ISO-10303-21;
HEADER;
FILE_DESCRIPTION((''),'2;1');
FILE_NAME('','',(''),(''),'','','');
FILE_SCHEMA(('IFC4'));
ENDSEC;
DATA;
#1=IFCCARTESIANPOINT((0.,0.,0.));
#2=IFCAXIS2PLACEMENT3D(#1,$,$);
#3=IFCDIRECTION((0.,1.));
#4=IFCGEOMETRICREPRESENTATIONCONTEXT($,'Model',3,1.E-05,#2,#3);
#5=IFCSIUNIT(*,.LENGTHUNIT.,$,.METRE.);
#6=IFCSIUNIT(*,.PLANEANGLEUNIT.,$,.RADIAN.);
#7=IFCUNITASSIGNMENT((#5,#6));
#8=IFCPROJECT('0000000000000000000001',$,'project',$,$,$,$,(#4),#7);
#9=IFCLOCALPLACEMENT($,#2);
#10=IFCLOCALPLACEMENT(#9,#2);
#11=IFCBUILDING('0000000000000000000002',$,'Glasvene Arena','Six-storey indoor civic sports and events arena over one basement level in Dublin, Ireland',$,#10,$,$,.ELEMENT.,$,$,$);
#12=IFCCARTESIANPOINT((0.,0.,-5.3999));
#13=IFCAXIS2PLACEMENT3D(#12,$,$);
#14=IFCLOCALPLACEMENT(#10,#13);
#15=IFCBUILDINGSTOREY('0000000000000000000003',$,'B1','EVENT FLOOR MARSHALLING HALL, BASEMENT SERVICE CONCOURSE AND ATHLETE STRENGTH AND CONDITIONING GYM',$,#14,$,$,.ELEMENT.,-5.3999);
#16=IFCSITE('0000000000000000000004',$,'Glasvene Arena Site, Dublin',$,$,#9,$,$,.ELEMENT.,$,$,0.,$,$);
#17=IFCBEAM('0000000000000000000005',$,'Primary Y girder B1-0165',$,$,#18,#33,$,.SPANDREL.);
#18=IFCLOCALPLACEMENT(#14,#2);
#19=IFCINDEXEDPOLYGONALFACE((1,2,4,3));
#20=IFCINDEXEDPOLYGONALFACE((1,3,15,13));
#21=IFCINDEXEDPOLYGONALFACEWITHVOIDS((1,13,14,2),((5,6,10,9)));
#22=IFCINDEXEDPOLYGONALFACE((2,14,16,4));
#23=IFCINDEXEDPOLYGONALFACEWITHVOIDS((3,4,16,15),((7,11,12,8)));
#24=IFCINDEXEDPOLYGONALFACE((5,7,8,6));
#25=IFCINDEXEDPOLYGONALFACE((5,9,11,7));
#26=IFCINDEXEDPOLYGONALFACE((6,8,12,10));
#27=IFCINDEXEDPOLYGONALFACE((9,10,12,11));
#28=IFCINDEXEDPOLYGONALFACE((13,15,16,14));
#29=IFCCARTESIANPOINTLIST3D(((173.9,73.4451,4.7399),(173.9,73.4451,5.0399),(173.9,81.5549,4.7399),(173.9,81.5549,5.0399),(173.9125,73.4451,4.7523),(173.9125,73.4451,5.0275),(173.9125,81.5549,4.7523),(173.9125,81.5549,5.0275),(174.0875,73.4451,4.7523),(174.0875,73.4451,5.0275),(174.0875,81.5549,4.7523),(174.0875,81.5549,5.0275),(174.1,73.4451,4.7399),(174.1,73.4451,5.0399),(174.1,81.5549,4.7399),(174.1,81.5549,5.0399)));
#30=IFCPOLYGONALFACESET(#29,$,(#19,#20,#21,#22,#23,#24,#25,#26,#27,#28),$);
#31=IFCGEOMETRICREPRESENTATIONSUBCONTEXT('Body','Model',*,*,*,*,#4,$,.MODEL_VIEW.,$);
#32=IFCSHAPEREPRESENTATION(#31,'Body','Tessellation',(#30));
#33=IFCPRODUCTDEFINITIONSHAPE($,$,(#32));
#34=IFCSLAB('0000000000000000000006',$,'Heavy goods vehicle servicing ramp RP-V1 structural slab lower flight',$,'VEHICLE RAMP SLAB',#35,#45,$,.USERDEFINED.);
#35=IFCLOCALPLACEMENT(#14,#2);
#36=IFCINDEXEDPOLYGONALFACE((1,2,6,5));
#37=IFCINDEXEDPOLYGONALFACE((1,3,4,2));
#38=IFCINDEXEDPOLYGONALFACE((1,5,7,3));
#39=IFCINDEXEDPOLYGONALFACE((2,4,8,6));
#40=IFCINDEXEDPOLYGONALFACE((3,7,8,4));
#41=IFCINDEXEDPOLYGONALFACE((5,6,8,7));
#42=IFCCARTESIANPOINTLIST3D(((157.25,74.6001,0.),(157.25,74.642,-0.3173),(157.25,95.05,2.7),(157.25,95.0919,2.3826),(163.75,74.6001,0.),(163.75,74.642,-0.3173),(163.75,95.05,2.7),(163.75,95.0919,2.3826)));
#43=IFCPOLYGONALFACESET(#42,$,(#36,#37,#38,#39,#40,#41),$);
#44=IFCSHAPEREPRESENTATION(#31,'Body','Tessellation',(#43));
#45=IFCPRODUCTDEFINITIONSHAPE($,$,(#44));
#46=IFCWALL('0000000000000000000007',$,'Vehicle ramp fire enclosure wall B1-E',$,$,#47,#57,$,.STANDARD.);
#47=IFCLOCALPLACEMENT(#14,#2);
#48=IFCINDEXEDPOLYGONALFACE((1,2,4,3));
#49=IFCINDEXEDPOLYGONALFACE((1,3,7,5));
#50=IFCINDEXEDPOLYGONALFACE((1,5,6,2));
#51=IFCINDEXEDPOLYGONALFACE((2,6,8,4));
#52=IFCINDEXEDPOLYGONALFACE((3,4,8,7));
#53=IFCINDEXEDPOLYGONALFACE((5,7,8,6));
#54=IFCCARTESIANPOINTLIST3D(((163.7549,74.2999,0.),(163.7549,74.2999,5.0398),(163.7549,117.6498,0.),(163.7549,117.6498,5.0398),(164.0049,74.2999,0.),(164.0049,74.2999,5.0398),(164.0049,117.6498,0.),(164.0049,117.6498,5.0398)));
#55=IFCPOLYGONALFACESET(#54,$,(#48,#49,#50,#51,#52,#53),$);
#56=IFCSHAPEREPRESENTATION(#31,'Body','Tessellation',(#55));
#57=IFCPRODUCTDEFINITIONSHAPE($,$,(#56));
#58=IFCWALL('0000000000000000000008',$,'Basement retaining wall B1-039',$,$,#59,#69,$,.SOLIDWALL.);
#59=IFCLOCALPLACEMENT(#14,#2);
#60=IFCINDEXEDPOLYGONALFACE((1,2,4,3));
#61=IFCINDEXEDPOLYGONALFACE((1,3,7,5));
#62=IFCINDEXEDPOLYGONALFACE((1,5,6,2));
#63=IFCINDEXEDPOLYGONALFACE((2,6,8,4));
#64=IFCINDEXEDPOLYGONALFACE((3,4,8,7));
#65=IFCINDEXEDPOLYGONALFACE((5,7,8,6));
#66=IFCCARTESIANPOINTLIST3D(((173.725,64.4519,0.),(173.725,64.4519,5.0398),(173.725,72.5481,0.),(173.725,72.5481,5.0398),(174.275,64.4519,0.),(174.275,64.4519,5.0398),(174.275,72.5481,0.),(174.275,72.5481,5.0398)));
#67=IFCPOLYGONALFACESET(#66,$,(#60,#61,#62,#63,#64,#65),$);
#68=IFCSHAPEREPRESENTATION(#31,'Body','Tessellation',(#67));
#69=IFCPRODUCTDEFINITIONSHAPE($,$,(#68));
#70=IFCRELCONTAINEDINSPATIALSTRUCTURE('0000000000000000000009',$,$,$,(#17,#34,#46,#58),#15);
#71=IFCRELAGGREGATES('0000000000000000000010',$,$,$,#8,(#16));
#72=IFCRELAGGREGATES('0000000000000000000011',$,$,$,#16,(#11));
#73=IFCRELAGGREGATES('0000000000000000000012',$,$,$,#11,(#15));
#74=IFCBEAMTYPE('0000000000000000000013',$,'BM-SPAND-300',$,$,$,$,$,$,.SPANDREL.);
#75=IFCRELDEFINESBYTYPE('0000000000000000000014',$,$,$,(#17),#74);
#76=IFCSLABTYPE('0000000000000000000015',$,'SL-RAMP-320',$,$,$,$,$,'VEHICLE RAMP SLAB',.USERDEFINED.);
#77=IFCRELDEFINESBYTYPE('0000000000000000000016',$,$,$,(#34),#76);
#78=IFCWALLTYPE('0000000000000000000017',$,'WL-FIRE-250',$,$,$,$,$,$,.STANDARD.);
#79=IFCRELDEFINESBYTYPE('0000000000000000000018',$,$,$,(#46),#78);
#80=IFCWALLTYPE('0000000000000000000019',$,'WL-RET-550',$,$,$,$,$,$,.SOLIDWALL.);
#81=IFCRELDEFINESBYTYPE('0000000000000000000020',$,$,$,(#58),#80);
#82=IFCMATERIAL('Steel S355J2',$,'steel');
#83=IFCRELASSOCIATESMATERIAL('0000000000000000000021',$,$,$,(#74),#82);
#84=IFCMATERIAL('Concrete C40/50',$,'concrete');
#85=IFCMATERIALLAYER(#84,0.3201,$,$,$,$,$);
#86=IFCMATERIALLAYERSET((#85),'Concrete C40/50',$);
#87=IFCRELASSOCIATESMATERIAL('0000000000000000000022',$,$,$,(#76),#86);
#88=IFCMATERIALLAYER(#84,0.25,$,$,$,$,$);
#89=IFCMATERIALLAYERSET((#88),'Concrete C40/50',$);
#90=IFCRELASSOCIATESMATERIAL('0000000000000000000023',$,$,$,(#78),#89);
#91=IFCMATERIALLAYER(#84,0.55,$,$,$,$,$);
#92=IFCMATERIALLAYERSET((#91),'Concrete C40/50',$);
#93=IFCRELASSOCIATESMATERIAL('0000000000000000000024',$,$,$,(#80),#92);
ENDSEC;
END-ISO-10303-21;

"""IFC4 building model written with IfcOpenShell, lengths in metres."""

from ifc_helpers import new_model, si_unit, direction, frame, frame_2d, origin, origin_2d, place, context, subcontext, project, spatial, polyline, rectangle, hollow_rectangle, outline, extrude, material, layer, layer_set, material_profile, profile_set, type_object, element, save


model = new_model("IFC4")

# Units and contexts
model_context = context("Model", 3, precision=1e-05, world=origin(), true_north=direction((0.0, 1.0)))
body_context = subcontext(model_context, "Body", "Model", "MODEL_VIEW")
ifc_project = project(units=[si_unit("LENGTHUNIT", "METRE"), si_unit("PLANEANGLEUNIT", "RADIAN")], contexts=[model_context])

# Site, building, storey
site_placement = place(None, origin())
site = spatial("IfcSite", under=ifc_project, at=site_placement, Name="Glasvene Arena Site, Dublin", CompositionType="ELEMENT", RefElevation=0.0)
building_placement = place(site_placement, origin())
building = spatial("IfcBuilding", under=site, at=building_placement, Name="Glasvene Arena", Description="Six-storey indoor civic sports and events arena over one basement level in Dublin, Ireland", CompositionType="ELEMENT")
storey_placement = place(building_placement, frame((0.0, 0.0, -5.3999)))
storey = spatial("IfcBuildingStorey", under=building, at=storey_placement, Name="B1", Description="EVENT FLOOR MARSHALLING HALL, BASEMENT SERVICE CONCOURSE AND ATHLETE STRENGTH AND CONDITIONING GYM", CompositionType="ELEMENT", Elevation=-5.3999)

# Shared definitions
ifc_material_1 = material(Name="Concrete C40/50", Category="concrete")

# Beam
ifc_material_2 = material(Name="Steel S355J2", Category="steel")
ifc_material_profile_1 = material_profile(ifc_material_2, hollow_rectangle(XDim=0.2, YDim=0.3, WallThickness=0.0125, at=origin_2d()), Name="RHS 300x200x12.5")
ifc_profile_set_1 = profile_set([ifc_material_profile_1], Name="Steel S355J2")
beam_type_1 = type_object("IfcBeamType", Name="BM-SPAND-300", PredefinedType="SPANDREL", material=ifc_profile_set_1)
beam_1_placement = place(storey_placement, frame((174.0, 73.4451, 4.8899), z_axis=(0.0, 1.0, 0.0), x_axis=(-1.0, 0.0, 0.0)))
element("IfcBeam", 1, at=beam_1_placement, inside=storey, type_object=beam_type_1, Name="Primary Y girder B1-0165", PredefinedType="SPANDREL", context=body_context, shape_type="SweptSolid", body=[
    extrude(hollow_rectangle(XDim=0.2, YDim=0.3, WallThickness=0.0125, at=origin_2d()), origin(), (0.0, 0.0, 1.0), 8.1099),
])

# Slab
ifc_layer_1 = layer(ifc_material_1, 0.3201)
ifc_layer_set_1 = layer_set([ifc_layer_1], Name="Concrete C40/50")
slab_type_1 = type_object("IfcSlabType", Name="SL-RAMP-320", ElementType="VEHICLE RAMP SLAB", PredefinedType="USERDEFINED", material=ifc_layer_set_1)
slab_1_placement = place(storey_placement, frame((157.25, 74.6001, 0.0), z_axis=(0.0, -0.130891, 0.991397), x_axis=(1.0, 0.0, 0.0)))
element("IfcSlab", 2, at=slab_1_placement, inside=storey, type_object=slab_type_1, Name="Heavy goods vehicle servicing ramp RP-V1 structural slab lower flight", ObjectType="VEHICLE RAMP SLAB", PredefinedType="USERDEFINED", context=body_context, shape_type="SweptSolid", body=[
    extrude(outline(polyline([(0.0, 0.0), (6.5, 0.0), (6.5, 20.6274), (0.0, 20.6274), (0.0, 0.0)])), origin(), (0.0, 0.0, -1.0), 0.3201),
])

# Walls
ifc_layer_2 = layer(ifc_material_1, 0.25)
ifc_layer_set_2 = layer_set([ifc_layer_2], Name="Concrete C40/50")
wall_type_1 = type_object("IfcWallType", Name="WL-FIRE-250", PredefinedType="STANDARD", material=ifc_layer_set_2)
wall_1_placement = place(storey_placement, frame((163.8799, 74.3, 0.0), z_axis=(0.0, 0.0, 1.0), x_axis=(0.0, 1.0, 0.0)))
element("IfcWall", 3, at=wall_1_placement, inside=storey, type_object=wall_type_1, Name="Vehicle ramp fire enclosure wall B1-E", PredefinedType="STANDARD", context=body_context, shape_type="SweptSolid", body=[
    extrude(rectangle(XDim=43.3499, YDim=0.25, at=frame_2d((21.6748, 0.0))), origin(), (0.0, 0.0, 1.0), 5.0398),
])
ifc_layer_3 = layer(ifc_material_1, 0.55)
ifc_layer_set_3 = layer_set([ifc_layer_3], Name="Concrete C40/50")
wall_type_2 = type_object("IfcWallType", Name="WL-RET-550", PredefinedType="SOLIDWALL", material=ifc_layer_set_3)
wall_2_placement = place(storey_placement, frame((174.0, 72.5481, 0.0), z_axis=(0.0, 0.0, 1.0), x_axis=(0.0, -1.0, 0.0)))
element("IfcWall", 4, at=wall_2_placement, inside=storey, type_object=wall_type_2, Name="Basement retaining wall B1-039", PredefinedType="SOLIDWALL", context=body_context, shape_type="SweptSolid", body=[
    extrude(rectangle(XDim=8.0962, YDim=0.55, at=frame_2d((4.0481, 0.0))), origin(), (0.0, 0.0, 1.0), 5.0398),
])

save(model, "model.ifc")
